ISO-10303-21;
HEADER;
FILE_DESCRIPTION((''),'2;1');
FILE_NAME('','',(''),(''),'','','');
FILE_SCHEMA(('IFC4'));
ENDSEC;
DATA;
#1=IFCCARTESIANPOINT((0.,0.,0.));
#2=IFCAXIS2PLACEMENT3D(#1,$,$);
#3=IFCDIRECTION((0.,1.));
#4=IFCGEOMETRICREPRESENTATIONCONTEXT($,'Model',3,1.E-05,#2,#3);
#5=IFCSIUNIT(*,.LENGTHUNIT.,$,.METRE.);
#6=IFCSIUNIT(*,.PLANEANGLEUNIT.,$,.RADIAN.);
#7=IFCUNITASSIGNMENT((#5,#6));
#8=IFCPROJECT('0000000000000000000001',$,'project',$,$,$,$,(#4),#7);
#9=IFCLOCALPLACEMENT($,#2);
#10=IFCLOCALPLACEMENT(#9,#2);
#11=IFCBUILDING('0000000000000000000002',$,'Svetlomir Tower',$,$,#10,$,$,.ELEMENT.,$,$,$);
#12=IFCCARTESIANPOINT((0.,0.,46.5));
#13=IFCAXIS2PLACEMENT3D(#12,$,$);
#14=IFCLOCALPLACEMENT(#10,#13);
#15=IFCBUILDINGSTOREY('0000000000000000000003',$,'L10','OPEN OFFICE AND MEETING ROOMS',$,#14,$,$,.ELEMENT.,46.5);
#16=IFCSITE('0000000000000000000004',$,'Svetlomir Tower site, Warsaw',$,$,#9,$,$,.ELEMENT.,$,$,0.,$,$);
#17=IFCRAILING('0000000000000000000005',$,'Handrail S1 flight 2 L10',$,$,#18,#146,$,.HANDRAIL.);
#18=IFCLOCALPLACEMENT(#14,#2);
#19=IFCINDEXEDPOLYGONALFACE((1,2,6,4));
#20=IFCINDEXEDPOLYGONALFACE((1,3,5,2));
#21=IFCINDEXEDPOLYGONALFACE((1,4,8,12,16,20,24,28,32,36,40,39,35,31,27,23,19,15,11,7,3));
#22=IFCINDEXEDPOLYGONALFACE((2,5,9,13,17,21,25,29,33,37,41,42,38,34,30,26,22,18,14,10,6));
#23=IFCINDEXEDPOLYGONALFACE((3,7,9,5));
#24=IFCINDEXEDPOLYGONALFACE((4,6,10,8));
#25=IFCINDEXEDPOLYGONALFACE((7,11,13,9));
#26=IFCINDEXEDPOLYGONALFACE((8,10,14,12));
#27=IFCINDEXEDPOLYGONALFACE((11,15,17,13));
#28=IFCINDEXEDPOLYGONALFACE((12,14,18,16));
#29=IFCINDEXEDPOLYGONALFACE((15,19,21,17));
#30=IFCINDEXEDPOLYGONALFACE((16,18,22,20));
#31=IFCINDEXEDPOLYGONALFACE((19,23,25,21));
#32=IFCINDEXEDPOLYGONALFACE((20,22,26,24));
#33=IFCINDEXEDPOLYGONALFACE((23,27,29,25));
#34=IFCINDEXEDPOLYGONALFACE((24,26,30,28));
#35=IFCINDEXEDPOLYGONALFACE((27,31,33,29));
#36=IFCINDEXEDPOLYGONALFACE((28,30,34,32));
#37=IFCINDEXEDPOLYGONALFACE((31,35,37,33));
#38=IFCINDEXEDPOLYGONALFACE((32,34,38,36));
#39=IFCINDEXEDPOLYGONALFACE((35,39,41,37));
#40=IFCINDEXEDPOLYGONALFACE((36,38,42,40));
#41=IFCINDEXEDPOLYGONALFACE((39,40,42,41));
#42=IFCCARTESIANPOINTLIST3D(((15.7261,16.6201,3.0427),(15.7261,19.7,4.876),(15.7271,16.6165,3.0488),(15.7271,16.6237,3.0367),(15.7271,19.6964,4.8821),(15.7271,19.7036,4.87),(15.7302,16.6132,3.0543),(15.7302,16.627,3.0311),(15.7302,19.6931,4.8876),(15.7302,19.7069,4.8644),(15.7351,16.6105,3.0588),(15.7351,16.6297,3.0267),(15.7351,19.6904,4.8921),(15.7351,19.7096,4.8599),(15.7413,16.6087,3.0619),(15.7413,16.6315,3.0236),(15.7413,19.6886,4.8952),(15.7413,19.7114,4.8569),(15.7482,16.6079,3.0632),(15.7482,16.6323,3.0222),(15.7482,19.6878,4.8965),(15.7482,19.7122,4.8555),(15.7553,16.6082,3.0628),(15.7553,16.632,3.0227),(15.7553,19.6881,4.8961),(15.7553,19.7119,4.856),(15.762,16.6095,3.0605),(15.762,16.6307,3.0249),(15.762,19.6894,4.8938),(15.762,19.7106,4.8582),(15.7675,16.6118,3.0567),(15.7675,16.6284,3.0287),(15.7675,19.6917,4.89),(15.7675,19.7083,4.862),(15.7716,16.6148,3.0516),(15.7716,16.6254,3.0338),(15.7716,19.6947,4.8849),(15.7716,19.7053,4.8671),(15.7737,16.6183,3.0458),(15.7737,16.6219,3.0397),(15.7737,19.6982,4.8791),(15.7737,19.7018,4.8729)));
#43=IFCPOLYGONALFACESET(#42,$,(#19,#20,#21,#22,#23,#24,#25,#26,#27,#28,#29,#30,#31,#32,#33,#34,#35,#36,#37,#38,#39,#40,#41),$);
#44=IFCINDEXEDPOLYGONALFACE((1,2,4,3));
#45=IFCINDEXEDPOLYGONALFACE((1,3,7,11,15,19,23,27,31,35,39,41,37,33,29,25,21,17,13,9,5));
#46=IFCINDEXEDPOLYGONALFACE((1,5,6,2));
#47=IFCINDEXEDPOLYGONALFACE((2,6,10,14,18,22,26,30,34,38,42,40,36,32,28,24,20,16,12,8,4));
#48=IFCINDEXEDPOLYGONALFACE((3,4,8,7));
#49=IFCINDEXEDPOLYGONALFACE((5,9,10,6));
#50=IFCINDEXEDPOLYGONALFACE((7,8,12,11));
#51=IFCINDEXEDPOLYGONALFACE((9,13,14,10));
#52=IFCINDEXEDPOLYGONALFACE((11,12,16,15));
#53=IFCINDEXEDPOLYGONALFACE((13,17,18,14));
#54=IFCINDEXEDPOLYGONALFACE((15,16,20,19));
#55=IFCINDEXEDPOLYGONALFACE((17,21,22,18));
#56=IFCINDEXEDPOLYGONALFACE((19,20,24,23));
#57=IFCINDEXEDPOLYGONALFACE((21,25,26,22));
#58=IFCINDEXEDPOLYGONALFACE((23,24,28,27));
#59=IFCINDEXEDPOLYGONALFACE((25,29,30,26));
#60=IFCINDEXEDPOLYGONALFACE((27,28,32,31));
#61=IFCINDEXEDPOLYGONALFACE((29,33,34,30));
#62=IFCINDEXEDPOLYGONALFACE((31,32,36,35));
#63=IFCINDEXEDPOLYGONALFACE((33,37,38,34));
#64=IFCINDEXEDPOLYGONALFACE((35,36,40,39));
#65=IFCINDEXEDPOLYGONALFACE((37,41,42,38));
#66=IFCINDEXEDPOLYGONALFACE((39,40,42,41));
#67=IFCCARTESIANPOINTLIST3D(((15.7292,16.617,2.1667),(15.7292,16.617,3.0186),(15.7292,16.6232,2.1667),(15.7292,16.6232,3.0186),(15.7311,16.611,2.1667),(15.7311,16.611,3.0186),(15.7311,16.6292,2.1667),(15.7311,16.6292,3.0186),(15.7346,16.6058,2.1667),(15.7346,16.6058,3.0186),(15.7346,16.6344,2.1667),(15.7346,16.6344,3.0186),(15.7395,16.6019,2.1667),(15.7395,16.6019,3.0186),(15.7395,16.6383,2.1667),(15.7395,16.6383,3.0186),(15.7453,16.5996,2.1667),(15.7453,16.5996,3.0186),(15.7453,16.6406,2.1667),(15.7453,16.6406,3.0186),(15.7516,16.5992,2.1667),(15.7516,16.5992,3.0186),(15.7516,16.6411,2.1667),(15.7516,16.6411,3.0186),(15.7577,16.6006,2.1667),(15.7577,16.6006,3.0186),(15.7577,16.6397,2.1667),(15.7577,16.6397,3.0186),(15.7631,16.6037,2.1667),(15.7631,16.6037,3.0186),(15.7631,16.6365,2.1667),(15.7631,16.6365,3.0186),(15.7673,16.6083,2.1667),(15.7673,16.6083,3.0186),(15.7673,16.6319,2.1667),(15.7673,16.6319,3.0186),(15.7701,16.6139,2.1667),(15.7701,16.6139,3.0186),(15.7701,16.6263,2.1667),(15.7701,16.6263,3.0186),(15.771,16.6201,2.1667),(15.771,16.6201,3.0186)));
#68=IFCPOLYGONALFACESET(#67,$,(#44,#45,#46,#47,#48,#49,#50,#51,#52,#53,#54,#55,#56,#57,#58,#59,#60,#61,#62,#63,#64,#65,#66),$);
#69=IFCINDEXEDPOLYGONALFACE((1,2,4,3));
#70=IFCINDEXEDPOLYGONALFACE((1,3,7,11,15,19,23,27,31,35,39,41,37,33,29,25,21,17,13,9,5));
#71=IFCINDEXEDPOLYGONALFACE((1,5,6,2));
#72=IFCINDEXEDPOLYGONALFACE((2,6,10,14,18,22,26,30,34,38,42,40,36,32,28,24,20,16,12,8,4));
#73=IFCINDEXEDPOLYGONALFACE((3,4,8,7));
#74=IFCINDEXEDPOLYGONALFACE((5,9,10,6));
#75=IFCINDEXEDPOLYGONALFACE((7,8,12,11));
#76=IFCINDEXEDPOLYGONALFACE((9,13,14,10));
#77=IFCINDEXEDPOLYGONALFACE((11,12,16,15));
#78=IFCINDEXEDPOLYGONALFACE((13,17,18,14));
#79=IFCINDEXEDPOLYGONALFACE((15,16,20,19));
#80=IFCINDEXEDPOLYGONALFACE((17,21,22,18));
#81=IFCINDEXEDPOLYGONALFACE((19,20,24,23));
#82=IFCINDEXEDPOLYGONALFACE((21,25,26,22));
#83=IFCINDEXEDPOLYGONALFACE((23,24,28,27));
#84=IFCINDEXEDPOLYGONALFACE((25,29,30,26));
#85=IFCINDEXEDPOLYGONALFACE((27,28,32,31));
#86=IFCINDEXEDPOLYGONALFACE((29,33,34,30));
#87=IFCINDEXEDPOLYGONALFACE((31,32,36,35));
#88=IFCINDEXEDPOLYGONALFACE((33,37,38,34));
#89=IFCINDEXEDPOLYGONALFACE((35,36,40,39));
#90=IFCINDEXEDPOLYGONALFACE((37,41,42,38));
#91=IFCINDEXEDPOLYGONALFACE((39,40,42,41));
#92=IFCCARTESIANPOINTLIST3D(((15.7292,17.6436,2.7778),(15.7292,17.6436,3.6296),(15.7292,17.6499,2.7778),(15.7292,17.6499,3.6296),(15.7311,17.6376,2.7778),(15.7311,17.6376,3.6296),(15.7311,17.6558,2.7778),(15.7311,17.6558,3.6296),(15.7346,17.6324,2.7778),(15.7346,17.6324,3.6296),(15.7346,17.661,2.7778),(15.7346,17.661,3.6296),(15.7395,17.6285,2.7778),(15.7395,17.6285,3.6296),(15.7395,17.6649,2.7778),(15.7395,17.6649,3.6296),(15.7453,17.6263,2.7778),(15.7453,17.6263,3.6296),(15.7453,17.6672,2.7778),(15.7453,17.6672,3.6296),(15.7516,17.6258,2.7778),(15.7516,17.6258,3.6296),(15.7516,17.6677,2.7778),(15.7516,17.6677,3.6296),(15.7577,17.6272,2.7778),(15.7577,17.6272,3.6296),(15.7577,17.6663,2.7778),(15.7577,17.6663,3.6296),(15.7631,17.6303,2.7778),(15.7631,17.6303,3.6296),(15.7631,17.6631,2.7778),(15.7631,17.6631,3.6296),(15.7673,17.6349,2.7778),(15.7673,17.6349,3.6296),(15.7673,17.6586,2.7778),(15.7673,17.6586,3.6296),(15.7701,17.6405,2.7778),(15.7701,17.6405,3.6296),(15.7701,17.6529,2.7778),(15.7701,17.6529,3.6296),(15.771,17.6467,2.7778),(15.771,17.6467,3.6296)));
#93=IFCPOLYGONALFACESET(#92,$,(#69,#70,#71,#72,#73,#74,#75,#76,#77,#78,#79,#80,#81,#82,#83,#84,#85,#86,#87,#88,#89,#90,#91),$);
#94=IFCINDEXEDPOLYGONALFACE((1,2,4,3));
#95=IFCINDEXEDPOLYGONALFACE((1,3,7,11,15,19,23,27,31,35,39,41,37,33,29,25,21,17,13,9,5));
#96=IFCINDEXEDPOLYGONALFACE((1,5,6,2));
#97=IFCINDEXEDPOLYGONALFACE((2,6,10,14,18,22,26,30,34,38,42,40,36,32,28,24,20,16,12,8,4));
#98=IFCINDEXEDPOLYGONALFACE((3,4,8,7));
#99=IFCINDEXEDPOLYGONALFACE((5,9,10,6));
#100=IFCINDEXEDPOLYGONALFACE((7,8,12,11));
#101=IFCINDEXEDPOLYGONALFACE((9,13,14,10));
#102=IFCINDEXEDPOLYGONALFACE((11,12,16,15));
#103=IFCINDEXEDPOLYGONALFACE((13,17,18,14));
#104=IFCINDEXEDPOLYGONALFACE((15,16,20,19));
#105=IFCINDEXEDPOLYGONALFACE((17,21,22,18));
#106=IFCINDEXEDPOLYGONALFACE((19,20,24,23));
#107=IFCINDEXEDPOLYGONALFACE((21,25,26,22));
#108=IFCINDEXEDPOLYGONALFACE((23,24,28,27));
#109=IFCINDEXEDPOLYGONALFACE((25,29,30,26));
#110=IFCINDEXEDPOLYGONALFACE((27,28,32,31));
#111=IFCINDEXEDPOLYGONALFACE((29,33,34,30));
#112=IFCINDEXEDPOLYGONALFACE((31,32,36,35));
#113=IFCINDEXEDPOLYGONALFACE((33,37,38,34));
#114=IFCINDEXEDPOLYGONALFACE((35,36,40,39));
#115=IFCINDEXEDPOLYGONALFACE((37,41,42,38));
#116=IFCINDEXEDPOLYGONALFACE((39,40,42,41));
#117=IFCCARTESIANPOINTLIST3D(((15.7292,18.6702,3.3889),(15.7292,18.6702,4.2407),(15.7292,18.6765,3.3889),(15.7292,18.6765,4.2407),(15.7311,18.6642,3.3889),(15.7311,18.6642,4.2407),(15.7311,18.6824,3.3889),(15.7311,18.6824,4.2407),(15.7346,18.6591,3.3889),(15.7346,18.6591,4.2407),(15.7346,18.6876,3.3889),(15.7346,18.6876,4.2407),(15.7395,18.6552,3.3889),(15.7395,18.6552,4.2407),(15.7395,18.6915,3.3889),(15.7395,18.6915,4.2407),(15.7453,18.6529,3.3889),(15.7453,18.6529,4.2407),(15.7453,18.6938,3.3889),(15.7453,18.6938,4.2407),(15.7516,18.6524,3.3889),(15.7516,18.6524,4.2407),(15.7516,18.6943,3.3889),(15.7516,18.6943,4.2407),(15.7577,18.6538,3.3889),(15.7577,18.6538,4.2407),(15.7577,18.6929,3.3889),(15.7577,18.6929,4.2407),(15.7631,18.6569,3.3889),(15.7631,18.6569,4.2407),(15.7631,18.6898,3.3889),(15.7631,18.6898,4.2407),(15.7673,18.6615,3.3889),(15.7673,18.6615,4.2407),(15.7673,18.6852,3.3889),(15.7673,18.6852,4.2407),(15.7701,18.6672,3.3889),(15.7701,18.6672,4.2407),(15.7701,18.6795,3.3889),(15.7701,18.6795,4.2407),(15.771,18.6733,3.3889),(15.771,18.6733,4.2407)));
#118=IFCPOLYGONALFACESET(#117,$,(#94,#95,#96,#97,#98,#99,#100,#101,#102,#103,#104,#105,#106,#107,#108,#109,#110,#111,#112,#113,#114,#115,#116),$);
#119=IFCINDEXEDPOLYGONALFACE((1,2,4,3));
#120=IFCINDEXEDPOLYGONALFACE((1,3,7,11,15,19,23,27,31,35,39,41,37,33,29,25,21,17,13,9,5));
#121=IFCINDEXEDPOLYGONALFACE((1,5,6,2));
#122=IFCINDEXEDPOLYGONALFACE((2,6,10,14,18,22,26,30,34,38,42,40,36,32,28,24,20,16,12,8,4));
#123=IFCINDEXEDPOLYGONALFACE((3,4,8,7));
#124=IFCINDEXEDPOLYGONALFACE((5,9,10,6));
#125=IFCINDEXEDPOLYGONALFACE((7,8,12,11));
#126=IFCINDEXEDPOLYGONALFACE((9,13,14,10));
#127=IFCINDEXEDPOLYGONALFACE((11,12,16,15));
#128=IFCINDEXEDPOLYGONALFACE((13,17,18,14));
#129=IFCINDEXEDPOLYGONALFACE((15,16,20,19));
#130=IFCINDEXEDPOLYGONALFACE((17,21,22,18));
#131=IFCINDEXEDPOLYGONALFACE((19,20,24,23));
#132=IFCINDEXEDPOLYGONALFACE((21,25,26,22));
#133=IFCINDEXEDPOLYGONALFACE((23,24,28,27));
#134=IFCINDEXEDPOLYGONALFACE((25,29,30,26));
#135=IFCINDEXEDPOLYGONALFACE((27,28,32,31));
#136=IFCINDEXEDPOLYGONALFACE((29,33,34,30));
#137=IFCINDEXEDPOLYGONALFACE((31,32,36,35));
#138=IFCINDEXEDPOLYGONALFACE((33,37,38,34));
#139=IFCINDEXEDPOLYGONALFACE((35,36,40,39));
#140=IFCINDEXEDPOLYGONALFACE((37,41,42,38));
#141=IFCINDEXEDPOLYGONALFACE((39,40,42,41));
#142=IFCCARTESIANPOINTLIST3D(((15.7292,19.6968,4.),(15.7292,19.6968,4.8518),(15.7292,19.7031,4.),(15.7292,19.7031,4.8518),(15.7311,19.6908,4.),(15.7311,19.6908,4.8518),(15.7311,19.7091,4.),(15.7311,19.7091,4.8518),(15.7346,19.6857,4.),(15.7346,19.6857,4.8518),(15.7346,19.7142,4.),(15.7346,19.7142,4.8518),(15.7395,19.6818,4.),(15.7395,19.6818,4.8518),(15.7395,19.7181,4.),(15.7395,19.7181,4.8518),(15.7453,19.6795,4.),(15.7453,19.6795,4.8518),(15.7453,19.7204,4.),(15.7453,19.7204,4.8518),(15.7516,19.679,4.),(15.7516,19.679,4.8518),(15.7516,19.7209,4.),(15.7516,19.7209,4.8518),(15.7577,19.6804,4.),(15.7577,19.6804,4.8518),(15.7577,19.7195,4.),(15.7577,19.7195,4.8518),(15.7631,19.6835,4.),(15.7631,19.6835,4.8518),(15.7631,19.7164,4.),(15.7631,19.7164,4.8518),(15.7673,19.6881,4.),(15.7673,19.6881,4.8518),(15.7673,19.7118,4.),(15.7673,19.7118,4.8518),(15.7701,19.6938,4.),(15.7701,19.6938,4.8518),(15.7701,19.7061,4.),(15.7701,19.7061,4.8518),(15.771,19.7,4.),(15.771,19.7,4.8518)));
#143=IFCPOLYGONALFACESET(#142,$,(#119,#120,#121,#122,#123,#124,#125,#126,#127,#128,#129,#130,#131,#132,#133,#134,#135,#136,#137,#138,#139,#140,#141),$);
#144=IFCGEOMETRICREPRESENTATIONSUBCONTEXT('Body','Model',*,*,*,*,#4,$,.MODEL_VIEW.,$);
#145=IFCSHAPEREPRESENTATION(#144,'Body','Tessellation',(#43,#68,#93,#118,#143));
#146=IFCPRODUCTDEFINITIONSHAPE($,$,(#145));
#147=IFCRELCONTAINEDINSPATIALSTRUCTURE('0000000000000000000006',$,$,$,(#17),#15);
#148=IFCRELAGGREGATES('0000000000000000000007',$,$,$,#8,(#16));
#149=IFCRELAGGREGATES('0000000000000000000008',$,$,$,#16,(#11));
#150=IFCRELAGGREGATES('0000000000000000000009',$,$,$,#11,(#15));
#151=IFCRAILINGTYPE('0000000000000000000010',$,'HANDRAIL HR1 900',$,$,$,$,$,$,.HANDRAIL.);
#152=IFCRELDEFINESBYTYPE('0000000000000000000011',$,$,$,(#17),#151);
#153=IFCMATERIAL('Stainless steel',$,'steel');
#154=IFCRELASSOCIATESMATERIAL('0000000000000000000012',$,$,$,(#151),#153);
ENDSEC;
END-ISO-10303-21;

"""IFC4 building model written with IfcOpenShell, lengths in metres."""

from ifc_helpers import new_model, si_unit, direction, frame, origin, origin_2d, place, context, subcontext, project, spatial, circle, extrude, material, type_object, element, save


model = new_model("IFC4")

# Units and contexts
model_context = context("Model", 3, precision=1e-05, world=origin(), true_north=direction((0.0, 1.0)))
body_context = subcontext(model_context, "Body", "Model", "MODEL_VIEW")
ifc_project = project(units=[si_unit("LENGTHUNIT", "METRE"), si_unit("PLANEANGLEUNIT", "RADIAN")], contexts=[model_context])

# Site, building, storey
site_placement = place(None, origin())
site = spatial("IfcSite", under=ifc_project, at=site_placement, Name="Svetlomir Tower site, Warsaw", CompositionType="ELEMENT", RefElevation=0.0)
building_placement = place(site_placement, origin())
building = spatial("IfcBuilding", under=site, at=building_placement, Name="Svetlomir Tower", CompositionType="ELEMENT")
storey_placement = place(building_placement, frame((0.0, 0.0, 46.5)))
storey = spatial("IfcBuildingStorey", under=building, at=storey_placement, Name="L10", Description="OPEN OFFICE AND MEETING ROOMS", CompositionType="ELEMENT", Elevation=46.5)

# Railing
ifc_material_1 = material(Name="Stainless steel", Category="steel")
railing_type = type_object("IfcRailingType", Name="HANDRAIL HR1 900", PredefinedType="HANDRAIL", material=ifc_material_1)
railing_placement = place(storey_placement, frame((15.75, 16.6201, 2.1667)))
element("IfcRailing", 1, at=railing_placement, inside=storey, type_object=railing_type, Name="Handrail S1 flight 2 L10", PredefinedType="HANDRAIL", context=body_context, shape_type="SweptSolid", body=[
    extrude(circle(Radius=0.0239, at=origin_2d()), frame((0.0, 0.0, 0.876), z_axis=(0.0, 0.859291, 0.511487), x_axis=(-1.0, 0.0, 0.0)), (0.0, 0.0, 1.0), 3.5842),
    extrude(circle(Radius=0.021, at=origin_2d()), origin(), (0.0, 0.0, 1.0), 0.8518),
    extrude(circle(Radius=0.021, at=origin_2d()), frame((0.0, 1.0266, 0.6111)), (0.0, 0.0, 1.0), 0.8518),
    extrude(circle(Radius=0.021, at=origin_2d()), frame((0.0, 2.0532, 1.2222)), (0.0, 0.0, 1.0), 0.8518),
    extrude(circle(Radius=0.021, at=origin_2d()), frame((0.0, 3.0798, 1.8333)), (0.0, 0.0, 1.0), 0.8518),
])

save(model, "model.ifc")
